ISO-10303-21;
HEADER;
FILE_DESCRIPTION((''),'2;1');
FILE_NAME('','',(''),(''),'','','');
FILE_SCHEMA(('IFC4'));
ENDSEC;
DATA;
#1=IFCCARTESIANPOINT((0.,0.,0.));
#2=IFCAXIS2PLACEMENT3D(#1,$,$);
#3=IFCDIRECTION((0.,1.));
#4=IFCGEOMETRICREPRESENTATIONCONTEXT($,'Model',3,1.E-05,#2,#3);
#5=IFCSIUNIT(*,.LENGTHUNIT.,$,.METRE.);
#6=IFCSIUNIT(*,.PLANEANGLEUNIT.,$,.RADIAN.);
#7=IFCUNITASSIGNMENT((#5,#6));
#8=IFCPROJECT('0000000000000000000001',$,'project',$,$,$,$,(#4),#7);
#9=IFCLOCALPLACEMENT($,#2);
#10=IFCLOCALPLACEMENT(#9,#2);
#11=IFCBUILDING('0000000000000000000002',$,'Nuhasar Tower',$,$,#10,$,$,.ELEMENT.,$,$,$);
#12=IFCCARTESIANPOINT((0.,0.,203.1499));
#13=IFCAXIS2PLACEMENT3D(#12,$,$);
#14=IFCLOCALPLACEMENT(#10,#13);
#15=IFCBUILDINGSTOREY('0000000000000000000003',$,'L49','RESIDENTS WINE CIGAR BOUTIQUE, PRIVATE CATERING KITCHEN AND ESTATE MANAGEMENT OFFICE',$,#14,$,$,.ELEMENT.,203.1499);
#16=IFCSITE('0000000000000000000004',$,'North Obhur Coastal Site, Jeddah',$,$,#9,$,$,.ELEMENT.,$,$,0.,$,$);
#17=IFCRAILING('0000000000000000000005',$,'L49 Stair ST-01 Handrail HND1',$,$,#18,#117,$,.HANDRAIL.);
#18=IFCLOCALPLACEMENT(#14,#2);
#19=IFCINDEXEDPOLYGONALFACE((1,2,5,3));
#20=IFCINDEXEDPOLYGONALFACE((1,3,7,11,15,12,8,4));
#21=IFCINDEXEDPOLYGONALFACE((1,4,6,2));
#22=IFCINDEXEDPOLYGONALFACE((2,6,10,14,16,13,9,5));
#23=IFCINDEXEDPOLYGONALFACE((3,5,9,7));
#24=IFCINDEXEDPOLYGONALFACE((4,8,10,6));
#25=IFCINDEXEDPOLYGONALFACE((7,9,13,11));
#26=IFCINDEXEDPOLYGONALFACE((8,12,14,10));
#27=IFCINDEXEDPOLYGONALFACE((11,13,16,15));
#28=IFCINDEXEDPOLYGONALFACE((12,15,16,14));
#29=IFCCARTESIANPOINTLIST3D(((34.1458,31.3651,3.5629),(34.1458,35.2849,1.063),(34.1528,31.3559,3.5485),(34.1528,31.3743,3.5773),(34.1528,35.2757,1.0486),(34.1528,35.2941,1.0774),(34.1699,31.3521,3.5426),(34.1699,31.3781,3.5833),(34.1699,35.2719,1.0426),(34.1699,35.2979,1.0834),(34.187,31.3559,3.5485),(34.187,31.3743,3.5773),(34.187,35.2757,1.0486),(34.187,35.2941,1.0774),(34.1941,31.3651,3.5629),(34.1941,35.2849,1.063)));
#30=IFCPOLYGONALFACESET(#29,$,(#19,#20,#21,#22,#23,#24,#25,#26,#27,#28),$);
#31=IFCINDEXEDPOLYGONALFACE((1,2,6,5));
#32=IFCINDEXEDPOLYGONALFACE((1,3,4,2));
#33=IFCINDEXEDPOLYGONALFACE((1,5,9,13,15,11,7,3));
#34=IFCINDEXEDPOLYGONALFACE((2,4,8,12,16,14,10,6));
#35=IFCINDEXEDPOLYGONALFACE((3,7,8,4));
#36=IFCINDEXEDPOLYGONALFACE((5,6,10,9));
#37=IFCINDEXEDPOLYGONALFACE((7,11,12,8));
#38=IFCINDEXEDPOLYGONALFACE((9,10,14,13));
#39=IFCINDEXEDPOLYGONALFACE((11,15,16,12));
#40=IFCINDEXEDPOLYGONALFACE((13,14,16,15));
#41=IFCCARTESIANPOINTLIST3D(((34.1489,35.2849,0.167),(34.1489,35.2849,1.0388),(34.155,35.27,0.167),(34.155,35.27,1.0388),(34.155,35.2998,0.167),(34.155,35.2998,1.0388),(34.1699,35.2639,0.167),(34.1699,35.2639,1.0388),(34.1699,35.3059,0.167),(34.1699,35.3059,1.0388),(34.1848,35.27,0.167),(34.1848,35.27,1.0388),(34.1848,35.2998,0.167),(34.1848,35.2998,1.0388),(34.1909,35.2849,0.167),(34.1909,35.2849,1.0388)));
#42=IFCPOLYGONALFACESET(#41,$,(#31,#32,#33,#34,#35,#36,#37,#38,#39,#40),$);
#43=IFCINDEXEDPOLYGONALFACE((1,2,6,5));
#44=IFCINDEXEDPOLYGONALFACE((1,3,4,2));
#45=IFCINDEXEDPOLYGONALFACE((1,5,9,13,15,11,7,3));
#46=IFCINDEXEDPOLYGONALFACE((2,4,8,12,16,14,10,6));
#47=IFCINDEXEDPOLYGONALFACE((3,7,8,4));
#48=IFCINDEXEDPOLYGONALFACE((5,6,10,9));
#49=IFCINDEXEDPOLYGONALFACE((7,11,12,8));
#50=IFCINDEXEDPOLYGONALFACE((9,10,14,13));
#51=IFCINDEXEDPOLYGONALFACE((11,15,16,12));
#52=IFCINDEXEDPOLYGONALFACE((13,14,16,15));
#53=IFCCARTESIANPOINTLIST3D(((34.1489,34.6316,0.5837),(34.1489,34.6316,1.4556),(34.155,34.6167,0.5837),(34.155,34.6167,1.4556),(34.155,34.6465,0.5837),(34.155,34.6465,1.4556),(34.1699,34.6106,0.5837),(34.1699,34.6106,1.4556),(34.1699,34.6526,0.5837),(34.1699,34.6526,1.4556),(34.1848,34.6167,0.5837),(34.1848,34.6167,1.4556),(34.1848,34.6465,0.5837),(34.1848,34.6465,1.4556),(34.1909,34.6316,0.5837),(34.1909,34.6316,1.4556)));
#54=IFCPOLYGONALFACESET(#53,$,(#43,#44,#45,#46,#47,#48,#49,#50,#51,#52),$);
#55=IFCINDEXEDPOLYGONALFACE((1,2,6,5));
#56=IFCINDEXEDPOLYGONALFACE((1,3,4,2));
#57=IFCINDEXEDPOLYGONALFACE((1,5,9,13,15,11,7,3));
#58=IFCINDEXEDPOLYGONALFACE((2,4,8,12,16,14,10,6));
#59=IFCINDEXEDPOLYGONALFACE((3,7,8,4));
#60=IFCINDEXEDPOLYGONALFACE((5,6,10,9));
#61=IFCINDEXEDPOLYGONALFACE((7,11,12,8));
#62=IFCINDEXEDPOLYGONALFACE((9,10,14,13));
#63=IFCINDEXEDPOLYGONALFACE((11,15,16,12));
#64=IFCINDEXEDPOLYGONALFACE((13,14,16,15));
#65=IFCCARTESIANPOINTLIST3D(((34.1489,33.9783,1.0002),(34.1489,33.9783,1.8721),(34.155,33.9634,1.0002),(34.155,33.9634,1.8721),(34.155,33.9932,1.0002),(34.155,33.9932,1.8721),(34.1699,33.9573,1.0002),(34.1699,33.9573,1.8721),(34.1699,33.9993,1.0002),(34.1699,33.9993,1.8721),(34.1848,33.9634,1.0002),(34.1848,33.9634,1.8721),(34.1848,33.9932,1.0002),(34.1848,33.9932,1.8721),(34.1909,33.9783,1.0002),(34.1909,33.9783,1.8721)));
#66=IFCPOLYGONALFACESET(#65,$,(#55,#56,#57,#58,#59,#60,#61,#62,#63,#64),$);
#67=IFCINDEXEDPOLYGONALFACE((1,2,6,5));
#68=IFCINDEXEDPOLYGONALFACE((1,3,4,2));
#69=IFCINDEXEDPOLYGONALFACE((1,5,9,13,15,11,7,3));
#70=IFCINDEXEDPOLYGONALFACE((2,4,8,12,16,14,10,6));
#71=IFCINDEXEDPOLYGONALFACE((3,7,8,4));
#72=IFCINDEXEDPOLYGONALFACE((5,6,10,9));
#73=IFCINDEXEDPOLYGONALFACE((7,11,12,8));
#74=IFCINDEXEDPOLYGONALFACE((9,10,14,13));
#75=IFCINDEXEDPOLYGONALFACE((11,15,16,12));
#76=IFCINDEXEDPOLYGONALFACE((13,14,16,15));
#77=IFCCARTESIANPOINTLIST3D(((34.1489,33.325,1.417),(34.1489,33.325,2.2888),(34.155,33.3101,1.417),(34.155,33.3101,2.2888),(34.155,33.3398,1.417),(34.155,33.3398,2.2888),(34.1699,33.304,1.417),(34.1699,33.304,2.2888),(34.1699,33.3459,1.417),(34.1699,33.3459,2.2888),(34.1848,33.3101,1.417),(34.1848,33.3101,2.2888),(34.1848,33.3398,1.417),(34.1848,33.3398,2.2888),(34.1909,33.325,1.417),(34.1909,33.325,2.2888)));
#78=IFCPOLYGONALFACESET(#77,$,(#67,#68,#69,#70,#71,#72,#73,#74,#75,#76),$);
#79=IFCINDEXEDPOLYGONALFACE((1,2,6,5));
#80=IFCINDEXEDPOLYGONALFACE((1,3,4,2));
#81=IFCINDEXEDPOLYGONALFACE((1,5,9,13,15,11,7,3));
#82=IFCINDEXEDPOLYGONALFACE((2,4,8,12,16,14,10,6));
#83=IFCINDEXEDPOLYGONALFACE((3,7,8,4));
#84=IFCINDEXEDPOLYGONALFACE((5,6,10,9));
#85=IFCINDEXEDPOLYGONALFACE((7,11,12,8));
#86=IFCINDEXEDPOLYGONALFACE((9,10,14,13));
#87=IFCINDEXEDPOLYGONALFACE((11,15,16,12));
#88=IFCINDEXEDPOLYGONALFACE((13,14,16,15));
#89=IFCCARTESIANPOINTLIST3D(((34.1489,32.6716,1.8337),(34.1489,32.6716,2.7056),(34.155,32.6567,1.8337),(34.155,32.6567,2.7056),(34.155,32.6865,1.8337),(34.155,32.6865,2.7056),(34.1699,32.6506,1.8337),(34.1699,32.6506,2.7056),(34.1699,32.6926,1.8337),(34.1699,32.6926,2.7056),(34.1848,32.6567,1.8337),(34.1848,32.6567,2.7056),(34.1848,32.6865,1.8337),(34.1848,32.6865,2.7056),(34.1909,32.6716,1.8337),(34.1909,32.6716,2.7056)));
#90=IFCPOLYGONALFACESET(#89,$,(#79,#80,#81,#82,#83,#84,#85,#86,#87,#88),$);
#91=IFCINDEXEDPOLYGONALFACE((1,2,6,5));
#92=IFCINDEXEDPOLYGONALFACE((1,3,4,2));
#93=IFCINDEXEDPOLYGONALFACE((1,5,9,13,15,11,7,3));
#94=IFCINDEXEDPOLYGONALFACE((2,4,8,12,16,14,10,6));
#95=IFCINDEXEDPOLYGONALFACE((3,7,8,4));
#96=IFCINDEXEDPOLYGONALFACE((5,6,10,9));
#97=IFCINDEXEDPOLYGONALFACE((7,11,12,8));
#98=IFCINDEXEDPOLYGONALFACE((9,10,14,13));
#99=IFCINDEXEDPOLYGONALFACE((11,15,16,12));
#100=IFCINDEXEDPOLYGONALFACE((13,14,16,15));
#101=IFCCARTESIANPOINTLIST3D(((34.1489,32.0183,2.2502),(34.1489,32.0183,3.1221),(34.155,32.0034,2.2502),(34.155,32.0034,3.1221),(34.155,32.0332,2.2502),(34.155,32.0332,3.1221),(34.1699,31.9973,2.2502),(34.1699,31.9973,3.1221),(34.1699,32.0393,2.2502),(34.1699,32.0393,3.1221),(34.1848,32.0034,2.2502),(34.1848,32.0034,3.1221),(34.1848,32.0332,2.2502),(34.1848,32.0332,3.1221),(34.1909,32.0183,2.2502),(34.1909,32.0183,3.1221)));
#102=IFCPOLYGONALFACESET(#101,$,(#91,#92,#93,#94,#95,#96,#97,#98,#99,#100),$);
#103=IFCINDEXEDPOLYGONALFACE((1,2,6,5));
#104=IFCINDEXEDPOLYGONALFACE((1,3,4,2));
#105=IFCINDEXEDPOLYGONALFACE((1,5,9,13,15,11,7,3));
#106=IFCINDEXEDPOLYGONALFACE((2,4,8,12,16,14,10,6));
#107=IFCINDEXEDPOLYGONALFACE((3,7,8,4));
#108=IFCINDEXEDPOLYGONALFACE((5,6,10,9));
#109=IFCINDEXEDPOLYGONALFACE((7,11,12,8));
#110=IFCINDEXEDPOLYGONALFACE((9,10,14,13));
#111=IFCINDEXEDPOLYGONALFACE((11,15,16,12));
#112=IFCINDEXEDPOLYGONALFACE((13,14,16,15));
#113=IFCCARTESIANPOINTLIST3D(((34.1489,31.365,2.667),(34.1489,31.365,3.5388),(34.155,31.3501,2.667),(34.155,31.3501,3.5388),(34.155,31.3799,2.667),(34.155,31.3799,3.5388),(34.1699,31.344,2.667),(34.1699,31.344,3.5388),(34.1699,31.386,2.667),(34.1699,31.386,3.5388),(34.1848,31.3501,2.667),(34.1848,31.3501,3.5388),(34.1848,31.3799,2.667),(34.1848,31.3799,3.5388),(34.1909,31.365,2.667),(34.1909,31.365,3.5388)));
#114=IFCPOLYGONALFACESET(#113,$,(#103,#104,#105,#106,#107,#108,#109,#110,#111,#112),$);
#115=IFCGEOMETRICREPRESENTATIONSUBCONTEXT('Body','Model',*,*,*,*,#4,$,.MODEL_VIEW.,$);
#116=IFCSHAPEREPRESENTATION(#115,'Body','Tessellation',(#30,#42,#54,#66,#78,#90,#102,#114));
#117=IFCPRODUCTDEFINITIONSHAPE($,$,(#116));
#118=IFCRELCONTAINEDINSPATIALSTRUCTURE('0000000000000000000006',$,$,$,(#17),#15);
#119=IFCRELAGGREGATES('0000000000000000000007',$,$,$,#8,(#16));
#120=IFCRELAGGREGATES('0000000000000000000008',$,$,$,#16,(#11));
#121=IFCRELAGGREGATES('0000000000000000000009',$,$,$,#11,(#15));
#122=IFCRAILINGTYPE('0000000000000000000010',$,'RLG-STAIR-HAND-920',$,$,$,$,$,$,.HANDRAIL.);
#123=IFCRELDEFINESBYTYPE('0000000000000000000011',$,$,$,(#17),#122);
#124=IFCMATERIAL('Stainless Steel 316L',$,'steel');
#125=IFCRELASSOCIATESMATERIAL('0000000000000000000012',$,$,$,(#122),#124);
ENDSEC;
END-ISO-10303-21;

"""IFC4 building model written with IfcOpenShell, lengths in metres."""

from ifc_helpers import new_model, si_unit, direction, frame, origin, place, context, subcontext, project, spatial, polyline, outline, extrude, material, type_object, element, save


model = new_model("IFC4")

# Units and contexts
model_context = context("Model", 3, precision=1e-05, world=origin(), true_north=direction((0.0, 1.0)))
body_context = subcontext(model_context, "Body", "Model", "MODEL_VIEW")
ifc_project = project(units=[si_unit("LENGTHUNIT", "METRE"), si_unit("PLANEANGLEUNIT", "RADIAN")], contexts=[model_context])

# Site, building, storey
site_placement = place(None, origin())
site = spatial("IfcSite", under=ifc_project, at=site_placement, Name="North Obhur Coastal Site, Jeddah", CompositionType="ELEMENT", RefElevation=0.0)
building_placement = place(site_placement, origin())
building = spatial("IfcBuilding", under=site, at=building_placement, Name="Nuhasar Tower", CompositionType="ELEMENT")
storey_placement = place(building_placement, frame((0.0, 0.0, 203.1499)))
storey = spatial("IfcBuildingStorey", under=building, at=storey_placement, Name="L49", Description="RESIDENTS WINE CIGAR BOUTIQUE, PRIVATE CATERING KITCHEN AND ESTATE MANAGEMENT OFFICE", CompositionType="ELEMENT", Elevation=203.1499)

# Railing
ifc_material_1 = material(Name="Stainless Steel 316L", Category="steel")
railing_type_1 = type_object("IfcRailingType", Name="RLG-STAIR-HAND-920", PredefinedType="HANDRAIL", material=ifc_material_1)
railing_1_placement = place(storey_placement, frame((34.1699, 35.2849, 0.167)))
element("IfcRailing", 1, at=railing_1_placement, inside=storey, type_object=railing_type_1, Name="L49 Stair ST-01 Handrail HND1", PredefinedType="HANDRAIL", context=body_context, shape_type="SweptSolid", body=[
    extrude(outline(polyline([(0.0242, 0.0), (0.0171, 0.0171), (0.0, 0.0242), (-0.0171, 0.0171), (-0.0242, 0.0), (-0.0171, -0.0171), (0.0, -0.0242), (0.0171, -0.0171), (0.0242, 0.0)])), frame((0.0, 0.0, 0.896), z_axis=(0.0, -0.843125, 0.537718), x_axis=(1.0, 0.0, 0.0)), (0.0, 0.0, 1.0), 4.6492),
    extrude(outline(polyline([(0.021, 0.0), (0.0149, 0.0149), (0.0, 0.021), (-0.0149, 0.0149), (-0.021, 0.0), (-0.0149, -0.0149), (0.0, -0.021), (0.0149, -0.0149), (0.021, 0.0)])), origin(), (0.0, 0.0, 1.0), 0.8718),
    extrude(outline(polyline([(0.021, 0.0), (0.0149, 0.0149), (0.0, 0.021), (-0.0149, 0.0149), (-0.021, 0.0), (-0.0149, -0.0149), (0.0, -0.021), (0.0149, -0.0149), (0.021, 0.0)])), frame((0.0, -0.6533, 0.4167)), (0.0, 0.0, 1.0), 0.8718),
    extrude(outline(polyline([(0.021, 0.0), (0.0149, 0.0149), (0.0, 0.021), (-0.0149, 0.0149), (-0.021, 0.0), (-0.0149, -0.0149), (0.0, -0.021), (0.0149, -0.0149), (0.021, 0.0)])), frame((0.0, -1.3066, 0.8333)), (0.0, 0.0, 1.0), 0.8718),
    extrude(outline(polyline([(0.021, 0.0), (0.0149, 0.0149), (0.0, 0.021), (-0.0149, 0.0149), (-0.021, 0.0), (-0.0149, -0.0149), (0.0, -0.021), (0.0149, -0.0149), (0.021, 0.0)])), frame((0.0, -1.96, 1.25)), (0.0, 0.0, 1.0), 0.8718),
    extrude(outline(polyline([(0.021, 0.0), (0.0149, 0.0149), (0.0, 0.021), (-0.0149, 0.0149), (-0.021, 0.0), (-0.0149, -0.0149), (0.0, -0.021), (0.0149, -0.0149), (0.021, 0.0)])), frame((0.0, -2.6133, 1.6667)), (0.0, 0.0, 1.0), 0.8718),
    extrude(outline(polyline([(0.021, 0.0), (0.0149, 0.0149), (0.0, 0.021), (-0.0149, 0.0149), (-0.021, 0.0), (-0.0149, -0.0149), (0.0, -0.021), (0.0149, -0.0149), (0.021, 0.0)])), frame((0.0, -3.2666, 2.0833)), (0.0, 0.0, 1.0), 0.8718),
    extrude(outline(polyline([(0.021, 0.0), (0.0149, 0.0149), (0.0, 0.021), (-0.0149, 0.0149), (-0.021, 0.0), (-0.0149, -0.0149), (0.0, -0.021), (0.0149, -0.0149), (0.021, 0.0)])), frame((0.0, -3.9199, 2.5)), (0.0, 0.0, 1.0), 0.8718),
])

save(model, "model.ifc")
